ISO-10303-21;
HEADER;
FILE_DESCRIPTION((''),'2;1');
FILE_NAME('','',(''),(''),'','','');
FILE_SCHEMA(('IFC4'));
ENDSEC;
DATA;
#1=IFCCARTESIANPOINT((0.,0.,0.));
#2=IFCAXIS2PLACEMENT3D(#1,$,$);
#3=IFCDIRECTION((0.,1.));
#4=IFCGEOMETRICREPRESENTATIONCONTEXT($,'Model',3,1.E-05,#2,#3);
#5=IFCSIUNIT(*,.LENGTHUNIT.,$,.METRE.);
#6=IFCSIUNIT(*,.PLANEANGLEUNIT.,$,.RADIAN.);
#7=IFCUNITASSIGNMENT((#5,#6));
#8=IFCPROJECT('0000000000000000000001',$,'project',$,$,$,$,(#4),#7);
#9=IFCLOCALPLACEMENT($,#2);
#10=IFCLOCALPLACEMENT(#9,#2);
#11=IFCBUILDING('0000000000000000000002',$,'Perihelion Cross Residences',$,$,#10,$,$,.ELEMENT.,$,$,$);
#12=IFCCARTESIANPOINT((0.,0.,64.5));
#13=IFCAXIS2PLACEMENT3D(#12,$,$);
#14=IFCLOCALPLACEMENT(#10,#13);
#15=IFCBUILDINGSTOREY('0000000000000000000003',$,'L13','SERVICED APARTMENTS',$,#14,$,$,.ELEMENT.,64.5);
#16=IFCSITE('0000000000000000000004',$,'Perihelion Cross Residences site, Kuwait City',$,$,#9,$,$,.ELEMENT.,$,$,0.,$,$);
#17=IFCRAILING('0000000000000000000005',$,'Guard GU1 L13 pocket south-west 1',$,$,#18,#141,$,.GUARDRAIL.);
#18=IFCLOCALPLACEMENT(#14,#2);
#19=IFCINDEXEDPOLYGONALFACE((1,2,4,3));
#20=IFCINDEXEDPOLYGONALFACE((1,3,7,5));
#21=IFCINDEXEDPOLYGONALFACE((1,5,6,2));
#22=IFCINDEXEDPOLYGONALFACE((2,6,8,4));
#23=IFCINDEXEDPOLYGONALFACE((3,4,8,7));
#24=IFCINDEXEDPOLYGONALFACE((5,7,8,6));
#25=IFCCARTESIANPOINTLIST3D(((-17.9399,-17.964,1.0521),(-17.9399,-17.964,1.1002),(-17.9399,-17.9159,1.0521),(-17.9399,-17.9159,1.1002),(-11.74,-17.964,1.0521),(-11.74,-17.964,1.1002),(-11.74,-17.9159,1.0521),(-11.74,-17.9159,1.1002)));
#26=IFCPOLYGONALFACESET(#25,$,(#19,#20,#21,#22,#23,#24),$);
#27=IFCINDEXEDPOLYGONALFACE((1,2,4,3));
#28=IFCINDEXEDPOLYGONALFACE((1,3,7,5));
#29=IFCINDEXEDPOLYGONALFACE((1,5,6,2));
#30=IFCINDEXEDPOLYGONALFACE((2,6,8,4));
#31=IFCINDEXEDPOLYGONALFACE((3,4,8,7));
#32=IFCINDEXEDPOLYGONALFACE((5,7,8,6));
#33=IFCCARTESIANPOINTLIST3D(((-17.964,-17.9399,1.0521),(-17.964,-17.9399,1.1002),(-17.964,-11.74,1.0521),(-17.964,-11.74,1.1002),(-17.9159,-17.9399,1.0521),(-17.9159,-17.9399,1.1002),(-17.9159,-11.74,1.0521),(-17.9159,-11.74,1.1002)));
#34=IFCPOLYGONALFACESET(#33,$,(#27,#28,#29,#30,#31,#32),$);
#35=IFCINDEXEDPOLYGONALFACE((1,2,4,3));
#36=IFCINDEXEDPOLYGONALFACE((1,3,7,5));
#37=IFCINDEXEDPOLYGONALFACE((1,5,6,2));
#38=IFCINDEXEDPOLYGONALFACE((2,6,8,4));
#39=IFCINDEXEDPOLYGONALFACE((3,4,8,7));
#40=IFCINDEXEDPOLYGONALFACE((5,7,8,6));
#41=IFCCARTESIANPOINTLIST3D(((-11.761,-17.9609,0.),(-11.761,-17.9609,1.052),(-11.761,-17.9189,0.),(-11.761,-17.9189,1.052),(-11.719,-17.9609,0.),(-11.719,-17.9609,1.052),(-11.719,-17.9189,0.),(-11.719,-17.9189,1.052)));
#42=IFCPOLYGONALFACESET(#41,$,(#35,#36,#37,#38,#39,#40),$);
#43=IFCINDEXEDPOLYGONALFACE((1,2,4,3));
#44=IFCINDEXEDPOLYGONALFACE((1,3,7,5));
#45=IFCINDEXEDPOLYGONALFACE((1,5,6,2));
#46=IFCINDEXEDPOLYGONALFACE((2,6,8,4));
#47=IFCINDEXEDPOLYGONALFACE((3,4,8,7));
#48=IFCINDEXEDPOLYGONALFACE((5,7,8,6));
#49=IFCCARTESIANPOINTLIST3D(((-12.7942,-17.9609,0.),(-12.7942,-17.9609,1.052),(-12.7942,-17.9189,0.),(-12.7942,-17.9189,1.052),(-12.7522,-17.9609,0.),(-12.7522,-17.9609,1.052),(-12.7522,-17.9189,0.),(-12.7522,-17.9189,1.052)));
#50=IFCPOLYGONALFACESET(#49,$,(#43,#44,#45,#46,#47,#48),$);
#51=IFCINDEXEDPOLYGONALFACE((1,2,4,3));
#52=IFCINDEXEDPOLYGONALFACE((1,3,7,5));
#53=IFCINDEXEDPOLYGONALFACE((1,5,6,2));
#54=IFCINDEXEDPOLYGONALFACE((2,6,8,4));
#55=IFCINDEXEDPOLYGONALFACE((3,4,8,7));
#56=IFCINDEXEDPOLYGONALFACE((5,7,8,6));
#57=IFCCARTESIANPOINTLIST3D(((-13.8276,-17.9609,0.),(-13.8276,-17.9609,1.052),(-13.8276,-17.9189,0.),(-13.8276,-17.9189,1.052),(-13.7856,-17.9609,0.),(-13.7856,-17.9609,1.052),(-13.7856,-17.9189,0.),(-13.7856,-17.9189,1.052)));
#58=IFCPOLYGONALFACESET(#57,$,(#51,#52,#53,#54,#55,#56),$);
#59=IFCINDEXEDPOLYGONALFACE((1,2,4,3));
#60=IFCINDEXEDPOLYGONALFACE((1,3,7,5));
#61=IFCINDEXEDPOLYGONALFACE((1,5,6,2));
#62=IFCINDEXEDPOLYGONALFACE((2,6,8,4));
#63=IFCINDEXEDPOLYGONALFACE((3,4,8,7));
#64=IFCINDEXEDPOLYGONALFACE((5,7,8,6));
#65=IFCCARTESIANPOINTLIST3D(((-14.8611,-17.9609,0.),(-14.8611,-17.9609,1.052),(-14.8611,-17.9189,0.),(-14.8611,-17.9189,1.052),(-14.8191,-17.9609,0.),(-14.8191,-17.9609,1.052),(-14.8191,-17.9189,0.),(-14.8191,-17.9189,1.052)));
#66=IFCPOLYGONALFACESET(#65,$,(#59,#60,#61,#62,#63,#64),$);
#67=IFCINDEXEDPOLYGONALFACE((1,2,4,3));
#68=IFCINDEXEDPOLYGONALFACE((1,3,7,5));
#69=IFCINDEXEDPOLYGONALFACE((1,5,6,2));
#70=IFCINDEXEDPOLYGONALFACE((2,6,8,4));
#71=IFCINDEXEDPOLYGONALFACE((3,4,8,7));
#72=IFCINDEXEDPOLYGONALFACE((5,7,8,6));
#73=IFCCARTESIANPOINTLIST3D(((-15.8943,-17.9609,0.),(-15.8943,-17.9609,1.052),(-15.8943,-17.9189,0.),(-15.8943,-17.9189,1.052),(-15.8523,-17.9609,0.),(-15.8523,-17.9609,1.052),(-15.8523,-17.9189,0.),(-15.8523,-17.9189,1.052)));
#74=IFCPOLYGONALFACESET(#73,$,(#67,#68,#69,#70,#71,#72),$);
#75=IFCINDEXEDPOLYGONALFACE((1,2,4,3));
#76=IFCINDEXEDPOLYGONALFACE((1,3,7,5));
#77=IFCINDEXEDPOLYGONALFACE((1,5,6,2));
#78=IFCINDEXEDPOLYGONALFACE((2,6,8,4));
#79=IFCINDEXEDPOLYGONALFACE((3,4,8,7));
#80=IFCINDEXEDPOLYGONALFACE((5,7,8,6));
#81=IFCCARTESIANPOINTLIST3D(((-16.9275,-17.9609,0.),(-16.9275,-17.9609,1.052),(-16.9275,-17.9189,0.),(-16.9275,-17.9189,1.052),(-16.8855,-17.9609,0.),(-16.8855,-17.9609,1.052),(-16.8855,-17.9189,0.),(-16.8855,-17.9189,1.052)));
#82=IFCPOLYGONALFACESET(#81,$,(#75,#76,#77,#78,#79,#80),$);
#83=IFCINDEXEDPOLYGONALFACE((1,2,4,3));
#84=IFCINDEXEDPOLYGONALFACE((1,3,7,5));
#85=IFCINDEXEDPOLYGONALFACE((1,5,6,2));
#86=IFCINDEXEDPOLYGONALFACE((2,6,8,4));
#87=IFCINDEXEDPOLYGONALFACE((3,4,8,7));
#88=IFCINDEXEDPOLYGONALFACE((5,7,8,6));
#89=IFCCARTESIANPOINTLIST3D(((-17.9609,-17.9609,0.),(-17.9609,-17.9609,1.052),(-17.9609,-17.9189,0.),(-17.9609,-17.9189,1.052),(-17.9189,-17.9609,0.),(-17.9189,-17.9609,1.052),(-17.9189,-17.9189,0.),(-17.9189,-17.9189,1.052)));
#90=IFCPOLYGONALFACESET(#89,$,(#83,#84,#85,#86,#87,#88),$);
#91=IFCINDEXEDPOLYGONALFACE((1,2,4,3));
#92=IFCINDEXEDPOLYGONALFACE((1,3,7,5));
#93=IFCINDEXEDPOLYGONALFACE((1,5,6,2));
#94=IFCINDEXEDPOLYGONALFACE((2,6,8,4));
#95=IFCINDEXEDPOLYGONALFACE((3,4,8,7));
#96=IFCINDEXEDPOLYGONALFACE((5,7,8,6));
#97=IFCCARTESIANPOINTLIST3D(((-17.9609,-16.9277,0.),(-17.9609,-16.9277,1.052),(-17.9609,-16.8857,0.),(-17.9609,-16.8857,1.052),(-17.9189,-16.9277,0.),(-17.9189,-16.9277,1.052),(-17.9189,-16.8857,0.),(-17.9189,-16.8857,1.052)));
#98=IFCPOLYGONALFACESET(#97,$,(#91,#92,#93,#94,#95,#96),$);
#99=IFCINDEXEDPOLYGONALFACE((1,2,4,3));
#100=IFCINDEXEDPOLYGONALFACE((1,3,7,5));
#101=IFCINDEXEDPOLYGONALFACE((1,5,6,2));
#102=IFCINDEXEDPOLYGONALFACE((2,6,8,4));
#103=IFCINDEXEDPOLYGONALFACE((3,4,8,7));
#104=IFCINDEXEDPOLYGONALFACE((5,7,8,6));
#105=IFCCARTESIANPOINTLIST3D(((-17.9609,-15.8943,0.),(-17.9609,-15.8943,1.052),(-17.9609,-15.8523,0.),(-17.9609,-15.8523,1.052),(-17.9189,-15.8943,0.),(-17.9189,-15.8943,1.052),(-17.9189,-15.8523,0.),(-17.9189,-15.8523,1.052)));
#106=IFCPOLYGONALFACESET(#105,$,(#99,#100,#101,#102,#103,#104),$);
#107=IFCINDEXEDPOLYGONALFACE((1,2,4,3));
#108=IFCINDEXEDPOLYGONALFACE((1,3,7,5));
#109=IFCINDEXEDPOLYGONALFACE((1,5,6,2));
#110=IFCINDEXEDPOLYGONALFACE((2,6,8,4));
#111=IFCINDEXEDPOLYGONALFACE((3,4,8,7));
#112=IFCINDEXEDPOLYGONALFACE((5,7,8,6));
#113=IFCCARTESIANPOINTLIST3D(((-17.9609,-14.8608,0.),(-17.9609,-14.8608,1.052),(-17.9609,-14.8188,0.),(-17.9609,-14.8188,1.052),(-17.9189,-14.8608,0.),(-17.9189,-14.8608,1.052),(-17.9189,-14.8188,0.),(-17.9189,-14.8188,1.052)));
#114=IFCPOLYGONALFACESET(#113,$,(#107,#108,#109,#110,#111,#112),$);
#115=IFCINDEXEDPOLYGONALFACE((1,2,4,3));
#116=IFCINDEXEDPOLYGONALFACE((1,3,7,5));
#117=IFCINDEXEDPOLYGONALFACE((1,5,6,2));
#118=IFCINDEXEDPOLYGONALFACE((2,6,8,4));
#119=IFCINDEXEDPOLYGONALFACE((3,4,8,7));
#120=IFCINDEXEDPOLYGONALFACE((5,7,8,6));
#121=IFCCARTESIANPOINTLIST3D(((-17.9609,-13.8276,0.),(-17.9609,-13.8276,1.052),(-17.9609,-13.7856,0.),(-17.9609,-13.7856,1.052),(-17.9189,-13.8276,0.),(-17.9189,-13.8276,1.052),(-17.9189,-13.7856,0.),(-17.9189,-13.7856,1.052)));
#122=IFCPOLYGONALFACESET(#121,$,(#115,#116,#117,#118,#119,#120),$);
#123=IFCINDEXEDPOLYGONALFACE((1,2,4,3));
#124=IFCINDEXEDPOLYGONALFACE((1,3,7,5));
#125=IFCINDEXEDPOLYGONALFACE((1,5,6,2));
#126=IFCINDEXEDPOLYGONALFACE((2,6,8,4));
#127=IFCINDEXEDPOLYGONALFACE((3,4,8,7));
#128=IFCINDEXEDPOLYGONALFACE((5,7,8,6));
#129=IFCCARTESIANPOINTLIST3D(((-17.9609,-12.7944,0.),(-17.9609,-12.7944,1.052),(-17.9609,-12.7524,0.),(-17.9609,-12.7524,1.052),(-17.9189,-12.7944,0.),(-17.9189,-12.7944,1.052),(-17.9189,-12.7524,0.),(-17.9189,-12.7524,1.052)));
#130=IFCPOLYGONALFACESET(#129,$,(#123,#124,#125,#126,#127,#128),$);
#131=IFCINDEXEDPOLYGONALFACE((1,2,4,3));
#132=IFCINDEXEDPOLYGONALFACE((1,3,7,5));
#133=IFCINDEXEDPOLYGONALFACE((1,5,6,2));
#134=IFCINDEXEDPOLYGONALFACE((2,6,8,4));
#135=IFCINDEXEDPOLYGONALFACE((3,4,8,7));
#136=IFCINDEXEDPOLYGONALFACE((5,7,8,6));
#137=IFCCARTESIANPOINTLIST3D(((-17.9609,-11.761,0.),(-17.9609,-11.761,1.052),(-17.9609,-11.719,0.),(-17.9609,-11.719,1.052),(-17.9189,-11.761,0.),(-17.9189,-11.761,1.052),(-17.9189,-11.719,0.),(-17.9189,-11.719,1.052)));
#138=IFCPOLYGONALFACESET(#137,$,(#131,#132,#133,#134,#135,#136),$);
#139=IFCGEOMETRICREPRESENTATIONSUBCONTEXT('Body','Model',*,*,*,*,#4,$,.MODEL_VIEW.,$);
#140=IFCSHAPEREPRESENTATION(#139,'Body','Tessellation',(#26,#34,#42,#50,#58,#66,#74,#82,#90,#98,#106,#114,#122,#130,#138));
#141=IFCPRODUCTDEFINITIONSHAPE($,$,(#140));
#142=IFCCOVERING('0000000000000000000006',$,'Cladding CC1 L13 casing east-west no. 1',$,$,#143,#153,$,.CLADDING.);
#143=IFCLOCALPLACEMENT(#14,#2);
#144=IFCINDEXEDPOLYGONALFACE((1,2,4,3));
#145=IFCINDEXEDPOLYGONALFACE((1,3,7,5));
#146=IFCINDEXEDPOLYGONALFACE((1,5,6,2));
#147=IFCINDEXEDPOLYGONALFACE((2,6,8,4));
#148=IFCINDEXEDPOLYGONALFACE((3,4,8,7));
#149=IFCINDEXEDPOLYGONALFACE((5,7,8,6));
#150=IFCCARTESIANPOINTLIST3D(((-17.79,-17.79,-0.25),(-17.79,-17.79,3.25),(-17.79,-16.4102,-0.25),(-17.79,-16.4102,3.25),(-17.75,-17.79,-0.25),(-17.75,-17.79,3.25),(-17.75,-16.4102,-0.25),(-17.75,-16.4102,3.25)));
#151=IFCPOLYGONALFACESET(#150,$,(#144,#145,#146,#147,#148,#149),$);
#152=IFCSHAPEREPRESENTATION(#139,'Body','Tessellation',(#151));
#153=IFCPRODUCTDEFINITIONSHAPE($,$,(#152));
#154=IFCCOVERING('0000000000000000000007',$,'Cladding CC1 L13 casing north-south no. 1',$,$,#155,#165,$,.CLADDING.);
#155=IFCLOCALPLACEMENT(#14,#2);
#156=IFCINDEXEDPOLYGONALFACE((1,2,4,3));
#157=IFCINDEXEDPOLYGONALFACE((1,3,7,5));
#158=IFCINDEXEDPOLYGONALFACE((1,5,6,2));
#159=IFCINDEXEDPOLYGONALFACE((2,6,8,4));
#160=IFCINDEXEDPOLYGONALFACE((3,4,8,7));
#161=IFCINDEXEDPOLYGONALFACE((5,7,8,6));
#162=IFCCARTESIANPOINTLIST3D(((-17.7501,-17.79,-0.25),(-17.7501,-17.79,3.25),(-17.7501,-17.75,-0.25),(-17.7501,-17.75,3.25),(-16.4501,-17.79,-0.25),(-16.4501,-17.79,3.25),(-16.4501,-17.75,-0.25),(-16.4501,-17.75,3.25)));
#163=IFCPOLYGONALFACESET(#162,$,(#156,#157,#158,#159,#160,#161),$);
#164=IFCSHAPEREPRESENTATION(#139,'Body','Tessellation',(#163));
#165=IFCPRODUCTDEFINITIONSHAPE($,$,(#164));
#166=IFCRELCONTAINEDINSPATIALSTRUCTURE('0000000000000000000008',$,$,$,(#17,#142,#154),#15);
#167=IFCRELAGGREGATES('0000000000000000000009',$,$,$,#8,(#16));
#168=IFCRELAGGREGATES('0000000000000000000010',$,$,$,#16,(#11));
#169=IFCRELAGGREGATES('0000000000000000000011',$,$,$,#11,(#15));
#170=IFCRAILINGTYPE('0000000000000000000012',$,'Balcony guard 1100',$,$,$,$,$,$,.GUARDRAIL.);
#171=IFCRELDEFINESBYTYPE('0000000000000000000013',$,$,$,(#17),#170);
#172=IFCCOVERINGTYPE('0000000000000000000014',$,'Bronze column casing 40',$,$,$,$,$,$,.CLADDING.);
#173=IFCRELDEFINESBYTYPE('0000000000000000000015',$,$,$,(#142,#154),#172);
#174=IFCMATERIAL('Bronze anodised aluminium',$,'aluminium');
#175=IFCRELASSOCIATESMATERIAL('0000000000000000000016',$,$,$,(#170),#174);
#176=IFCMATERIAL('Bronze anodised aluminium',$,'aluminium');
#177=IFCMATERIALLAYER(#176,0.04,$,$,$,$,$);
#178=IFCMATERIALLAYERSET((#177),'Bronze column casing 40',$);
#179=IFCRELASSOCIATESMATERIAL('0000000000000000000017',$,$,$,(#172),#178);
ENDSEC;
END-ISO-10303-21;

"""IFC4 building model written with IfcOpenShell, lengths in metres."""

from ifc_helpers import new_model, si_unit, direction, frame, origin, origin_2d, place, context, subcontext, project, spatial, rectangle, extrude, material, layer, layer_set, type_object, element, save


model = new_model("IFC4")

# Units and contexts
model_context = context("Model", 3, precision=1e-05, world=origin(), true_north=direction((0.0, 1.0)))
body_context = subcontext(model_context, "Body", "Model", "MODEL_VIEW")
ifc_project = project(units=[si_unit("LENGTHUNIT", "METRE"), si_unit("PLANEANGLEUNIT", "RADIAN")], contexts=[model_context])

# Site, building, storey
site_placement = place(None, origin())
site = spatial("IfcSite", under=ifc_project, at=site_placement, Name="Perihelion Cross Residences site, Kuwait City", CompositionType="ELEMENT", RefElevation=0.0)
building_placement = place(site_placement, origin())
building = spatial("IfcBuilding", under=site, at=building_placement, Name="Perihelion Cross Residences", CompositionType="ELEMENT")
storey_placement = place(building_placement, frame((0.0, 0.0, 64.5)))
storey = spatial("IfcBuildingStorey", under=building, at=storey_placement, Name="L13", Description="SERVICED APARTMENTS", CompositionType="ELEMENT", Elevation=64.5)

# Railing
ifc_material_1 = material(Name="Bronze anodised aluminium", Category="aluminium")
railing_type = type_object("IfcRailingType", Name="Balcony guard 1100", PredefinedType="GUARDRAIL", material=ifc_material_1)
railing_1_placement = place(storey_placement, frame((-11.74, -17.9399, 0.0)))
element("IfcRailing", 1, at=railing_1_placement, inside=storey, type_object=railing_type, Name="Guard GU1 L13 pocket south-west 1", PredefinedType="GUARDRAIL", context=body_context, shape_type="SweptSolid", body=[
    extrude(rectangle(XDim=0.0481, YDim=0.0481, at=origin_2d()), frame((0.0, 0.0, 1.0762), z_axis=(-1.0, 0.0, 0.0), x_axis=(0.0, -1.0, 0.0)), (0.0, 0.0, 1.0), 6.2),
    extrude(rectangle(XDim=0.0481, YDim=0.0481, at=origin_2d()), frame((-6.2, 0.0, 1.0762), z_axis=(0.0, 1.0, 0.0), x_axis=(-1.0, 0.0, 0.0)), (0.0, 0.0, 1.0), 6.2),
    extrude(rectangle(XDim=0.042, YDim=0.042, at=origin_2d()), origin(), (0.0, 0.0, 1.0), 1.052),
    extrude(rectangle(XDim=0.042, YDim=0.042, at=origin_2d()), frame((-1.0332, 0.0, 0.0)), (0.0, 0.0, 1.0), 1.052),
    extrude(rectangle(XDim=0.042, YDim=0.042, at=origin_2d()), frame((-2.0667, 0.0, 0.0)), (0.0, 0.0, 1.0), 1.052),
    extrude(rectangle(XDim=0.042, YDim=0.042, at=origin_2d()), frame((-3.1001, 0.0, 0.0)), (0.0, 0.0, 1.0), 1.052),
    extrude(rectangle(XDim=0.042, YDim=0.042, at=origin_2d()), frame((-4.1333, 0.0, 0.0)), (0.0, 0.0, 1.0), 1.052),
    extrude(rectangle(XDim=0.042, YDim=0.042, at=origin_2d()), frame((-5.1665, 0.0, 0.0)), (0.0, 0.0, 1.0), 1.052),
    extrude(rectangle(XDim=0.042, YDim=0.042, at=origin_2d()), frame((-6.2, 0.0, 0.0)), (0.0, 0.0, 1.0), 1.052),
    extrude(rectangle(XDim=0.042, YDim=0.042, at=origin_2d()), frame((-6.2, 1.0332, 0.0)), (0.0, 0.0, 1.0), 1.052),
    extrude(rectangle(XDim=0.042, YDim=0.042, at=origin_2d()), frame((-6.2, 2.0667, 0.0)), (0.0, 0.0, 1.0), 1.052),
    extrude(rectangle(XDim=0.042, YDim=0.042, at=origin_2d()), frame((-6.2, 3.1001, 0.0)), (0.0, 0.0, 1.0), 1.052),
    extrude(rectangle(XDim=0.042, YDim=0.042, at=origin_2d()), frame((-6.2, 4.1333, 0.0)), (0.0, 0.0, 1.0), 1.052),
    extrude(rectangle(XDim=0.042, YDim=0.042, at=origin_2d()), frame((-6.2, 5.1665, 0.0)), (0.0, 0.0, 1.0), 1.052),
    extrude(rectangle(XDim=0.042, YDim=0.042, at=origin_2d()), frame((-6.2, 6.2, 0.0)), (0.0, 0.0, 1.0), 1.052),
])

# Coverings
ifc_material_2 = material(Name="Bronze anodised aluminium", Category="aluminium")
ifc_layer_1 = layer(ifc_material_2, 0.04)
ifc_layer_set_1 = layer_set([ifc_layer_1], Name="Bronze column casing 40")
covering_type = type_object("IfcCoveringType", Name="Bronze column casing 40", PredefinedType="CLADDING", material=ifc_layer_set_1)
covering_1_placement = place(storey_placement, frame((-17.77, -17.1001, -0.25), z_axis=(0.0, 0.0, 1.0), x_axis=(1.0, 0.0, 0.0)))
element("IfcCovering", 2, at=covering_1_placement, inside=storey, type_object=covering_type, Name="Cladding CC1 L13 casing east-west no. 1", PredefinedType="CLADDING", context=body_context, shape_type="SweptSolid", body=[
    extrude(rectangle(XDim=0.04, YDim=1.3799, at=origin_2d()), origin(), (0.0, 0.0, 1.0), 3.5),
])
covering_2_placement = place(storey_placement, frame((-17.1001, -17.77, -0.25), z_axis=(0.0, 0.0, 1.0), x_axis=(1.0, 0.0, 0.0)))
element("IfcCovering", 3, at=covering_2_placement, inside=storey, type_object=covering_type, Name="Cladding CC1 L13 casing north-south no. 1", PredefinedType="CLADDING", context=body_context, shape_type="SweptSolid", body=[
    extrude(rectangle(XDim=1.3, YDim=0.04, at=origin_2d()), origin(), (0.0, 0.0, 1.0), 3.5),
])

save(model, "model.ifc")
